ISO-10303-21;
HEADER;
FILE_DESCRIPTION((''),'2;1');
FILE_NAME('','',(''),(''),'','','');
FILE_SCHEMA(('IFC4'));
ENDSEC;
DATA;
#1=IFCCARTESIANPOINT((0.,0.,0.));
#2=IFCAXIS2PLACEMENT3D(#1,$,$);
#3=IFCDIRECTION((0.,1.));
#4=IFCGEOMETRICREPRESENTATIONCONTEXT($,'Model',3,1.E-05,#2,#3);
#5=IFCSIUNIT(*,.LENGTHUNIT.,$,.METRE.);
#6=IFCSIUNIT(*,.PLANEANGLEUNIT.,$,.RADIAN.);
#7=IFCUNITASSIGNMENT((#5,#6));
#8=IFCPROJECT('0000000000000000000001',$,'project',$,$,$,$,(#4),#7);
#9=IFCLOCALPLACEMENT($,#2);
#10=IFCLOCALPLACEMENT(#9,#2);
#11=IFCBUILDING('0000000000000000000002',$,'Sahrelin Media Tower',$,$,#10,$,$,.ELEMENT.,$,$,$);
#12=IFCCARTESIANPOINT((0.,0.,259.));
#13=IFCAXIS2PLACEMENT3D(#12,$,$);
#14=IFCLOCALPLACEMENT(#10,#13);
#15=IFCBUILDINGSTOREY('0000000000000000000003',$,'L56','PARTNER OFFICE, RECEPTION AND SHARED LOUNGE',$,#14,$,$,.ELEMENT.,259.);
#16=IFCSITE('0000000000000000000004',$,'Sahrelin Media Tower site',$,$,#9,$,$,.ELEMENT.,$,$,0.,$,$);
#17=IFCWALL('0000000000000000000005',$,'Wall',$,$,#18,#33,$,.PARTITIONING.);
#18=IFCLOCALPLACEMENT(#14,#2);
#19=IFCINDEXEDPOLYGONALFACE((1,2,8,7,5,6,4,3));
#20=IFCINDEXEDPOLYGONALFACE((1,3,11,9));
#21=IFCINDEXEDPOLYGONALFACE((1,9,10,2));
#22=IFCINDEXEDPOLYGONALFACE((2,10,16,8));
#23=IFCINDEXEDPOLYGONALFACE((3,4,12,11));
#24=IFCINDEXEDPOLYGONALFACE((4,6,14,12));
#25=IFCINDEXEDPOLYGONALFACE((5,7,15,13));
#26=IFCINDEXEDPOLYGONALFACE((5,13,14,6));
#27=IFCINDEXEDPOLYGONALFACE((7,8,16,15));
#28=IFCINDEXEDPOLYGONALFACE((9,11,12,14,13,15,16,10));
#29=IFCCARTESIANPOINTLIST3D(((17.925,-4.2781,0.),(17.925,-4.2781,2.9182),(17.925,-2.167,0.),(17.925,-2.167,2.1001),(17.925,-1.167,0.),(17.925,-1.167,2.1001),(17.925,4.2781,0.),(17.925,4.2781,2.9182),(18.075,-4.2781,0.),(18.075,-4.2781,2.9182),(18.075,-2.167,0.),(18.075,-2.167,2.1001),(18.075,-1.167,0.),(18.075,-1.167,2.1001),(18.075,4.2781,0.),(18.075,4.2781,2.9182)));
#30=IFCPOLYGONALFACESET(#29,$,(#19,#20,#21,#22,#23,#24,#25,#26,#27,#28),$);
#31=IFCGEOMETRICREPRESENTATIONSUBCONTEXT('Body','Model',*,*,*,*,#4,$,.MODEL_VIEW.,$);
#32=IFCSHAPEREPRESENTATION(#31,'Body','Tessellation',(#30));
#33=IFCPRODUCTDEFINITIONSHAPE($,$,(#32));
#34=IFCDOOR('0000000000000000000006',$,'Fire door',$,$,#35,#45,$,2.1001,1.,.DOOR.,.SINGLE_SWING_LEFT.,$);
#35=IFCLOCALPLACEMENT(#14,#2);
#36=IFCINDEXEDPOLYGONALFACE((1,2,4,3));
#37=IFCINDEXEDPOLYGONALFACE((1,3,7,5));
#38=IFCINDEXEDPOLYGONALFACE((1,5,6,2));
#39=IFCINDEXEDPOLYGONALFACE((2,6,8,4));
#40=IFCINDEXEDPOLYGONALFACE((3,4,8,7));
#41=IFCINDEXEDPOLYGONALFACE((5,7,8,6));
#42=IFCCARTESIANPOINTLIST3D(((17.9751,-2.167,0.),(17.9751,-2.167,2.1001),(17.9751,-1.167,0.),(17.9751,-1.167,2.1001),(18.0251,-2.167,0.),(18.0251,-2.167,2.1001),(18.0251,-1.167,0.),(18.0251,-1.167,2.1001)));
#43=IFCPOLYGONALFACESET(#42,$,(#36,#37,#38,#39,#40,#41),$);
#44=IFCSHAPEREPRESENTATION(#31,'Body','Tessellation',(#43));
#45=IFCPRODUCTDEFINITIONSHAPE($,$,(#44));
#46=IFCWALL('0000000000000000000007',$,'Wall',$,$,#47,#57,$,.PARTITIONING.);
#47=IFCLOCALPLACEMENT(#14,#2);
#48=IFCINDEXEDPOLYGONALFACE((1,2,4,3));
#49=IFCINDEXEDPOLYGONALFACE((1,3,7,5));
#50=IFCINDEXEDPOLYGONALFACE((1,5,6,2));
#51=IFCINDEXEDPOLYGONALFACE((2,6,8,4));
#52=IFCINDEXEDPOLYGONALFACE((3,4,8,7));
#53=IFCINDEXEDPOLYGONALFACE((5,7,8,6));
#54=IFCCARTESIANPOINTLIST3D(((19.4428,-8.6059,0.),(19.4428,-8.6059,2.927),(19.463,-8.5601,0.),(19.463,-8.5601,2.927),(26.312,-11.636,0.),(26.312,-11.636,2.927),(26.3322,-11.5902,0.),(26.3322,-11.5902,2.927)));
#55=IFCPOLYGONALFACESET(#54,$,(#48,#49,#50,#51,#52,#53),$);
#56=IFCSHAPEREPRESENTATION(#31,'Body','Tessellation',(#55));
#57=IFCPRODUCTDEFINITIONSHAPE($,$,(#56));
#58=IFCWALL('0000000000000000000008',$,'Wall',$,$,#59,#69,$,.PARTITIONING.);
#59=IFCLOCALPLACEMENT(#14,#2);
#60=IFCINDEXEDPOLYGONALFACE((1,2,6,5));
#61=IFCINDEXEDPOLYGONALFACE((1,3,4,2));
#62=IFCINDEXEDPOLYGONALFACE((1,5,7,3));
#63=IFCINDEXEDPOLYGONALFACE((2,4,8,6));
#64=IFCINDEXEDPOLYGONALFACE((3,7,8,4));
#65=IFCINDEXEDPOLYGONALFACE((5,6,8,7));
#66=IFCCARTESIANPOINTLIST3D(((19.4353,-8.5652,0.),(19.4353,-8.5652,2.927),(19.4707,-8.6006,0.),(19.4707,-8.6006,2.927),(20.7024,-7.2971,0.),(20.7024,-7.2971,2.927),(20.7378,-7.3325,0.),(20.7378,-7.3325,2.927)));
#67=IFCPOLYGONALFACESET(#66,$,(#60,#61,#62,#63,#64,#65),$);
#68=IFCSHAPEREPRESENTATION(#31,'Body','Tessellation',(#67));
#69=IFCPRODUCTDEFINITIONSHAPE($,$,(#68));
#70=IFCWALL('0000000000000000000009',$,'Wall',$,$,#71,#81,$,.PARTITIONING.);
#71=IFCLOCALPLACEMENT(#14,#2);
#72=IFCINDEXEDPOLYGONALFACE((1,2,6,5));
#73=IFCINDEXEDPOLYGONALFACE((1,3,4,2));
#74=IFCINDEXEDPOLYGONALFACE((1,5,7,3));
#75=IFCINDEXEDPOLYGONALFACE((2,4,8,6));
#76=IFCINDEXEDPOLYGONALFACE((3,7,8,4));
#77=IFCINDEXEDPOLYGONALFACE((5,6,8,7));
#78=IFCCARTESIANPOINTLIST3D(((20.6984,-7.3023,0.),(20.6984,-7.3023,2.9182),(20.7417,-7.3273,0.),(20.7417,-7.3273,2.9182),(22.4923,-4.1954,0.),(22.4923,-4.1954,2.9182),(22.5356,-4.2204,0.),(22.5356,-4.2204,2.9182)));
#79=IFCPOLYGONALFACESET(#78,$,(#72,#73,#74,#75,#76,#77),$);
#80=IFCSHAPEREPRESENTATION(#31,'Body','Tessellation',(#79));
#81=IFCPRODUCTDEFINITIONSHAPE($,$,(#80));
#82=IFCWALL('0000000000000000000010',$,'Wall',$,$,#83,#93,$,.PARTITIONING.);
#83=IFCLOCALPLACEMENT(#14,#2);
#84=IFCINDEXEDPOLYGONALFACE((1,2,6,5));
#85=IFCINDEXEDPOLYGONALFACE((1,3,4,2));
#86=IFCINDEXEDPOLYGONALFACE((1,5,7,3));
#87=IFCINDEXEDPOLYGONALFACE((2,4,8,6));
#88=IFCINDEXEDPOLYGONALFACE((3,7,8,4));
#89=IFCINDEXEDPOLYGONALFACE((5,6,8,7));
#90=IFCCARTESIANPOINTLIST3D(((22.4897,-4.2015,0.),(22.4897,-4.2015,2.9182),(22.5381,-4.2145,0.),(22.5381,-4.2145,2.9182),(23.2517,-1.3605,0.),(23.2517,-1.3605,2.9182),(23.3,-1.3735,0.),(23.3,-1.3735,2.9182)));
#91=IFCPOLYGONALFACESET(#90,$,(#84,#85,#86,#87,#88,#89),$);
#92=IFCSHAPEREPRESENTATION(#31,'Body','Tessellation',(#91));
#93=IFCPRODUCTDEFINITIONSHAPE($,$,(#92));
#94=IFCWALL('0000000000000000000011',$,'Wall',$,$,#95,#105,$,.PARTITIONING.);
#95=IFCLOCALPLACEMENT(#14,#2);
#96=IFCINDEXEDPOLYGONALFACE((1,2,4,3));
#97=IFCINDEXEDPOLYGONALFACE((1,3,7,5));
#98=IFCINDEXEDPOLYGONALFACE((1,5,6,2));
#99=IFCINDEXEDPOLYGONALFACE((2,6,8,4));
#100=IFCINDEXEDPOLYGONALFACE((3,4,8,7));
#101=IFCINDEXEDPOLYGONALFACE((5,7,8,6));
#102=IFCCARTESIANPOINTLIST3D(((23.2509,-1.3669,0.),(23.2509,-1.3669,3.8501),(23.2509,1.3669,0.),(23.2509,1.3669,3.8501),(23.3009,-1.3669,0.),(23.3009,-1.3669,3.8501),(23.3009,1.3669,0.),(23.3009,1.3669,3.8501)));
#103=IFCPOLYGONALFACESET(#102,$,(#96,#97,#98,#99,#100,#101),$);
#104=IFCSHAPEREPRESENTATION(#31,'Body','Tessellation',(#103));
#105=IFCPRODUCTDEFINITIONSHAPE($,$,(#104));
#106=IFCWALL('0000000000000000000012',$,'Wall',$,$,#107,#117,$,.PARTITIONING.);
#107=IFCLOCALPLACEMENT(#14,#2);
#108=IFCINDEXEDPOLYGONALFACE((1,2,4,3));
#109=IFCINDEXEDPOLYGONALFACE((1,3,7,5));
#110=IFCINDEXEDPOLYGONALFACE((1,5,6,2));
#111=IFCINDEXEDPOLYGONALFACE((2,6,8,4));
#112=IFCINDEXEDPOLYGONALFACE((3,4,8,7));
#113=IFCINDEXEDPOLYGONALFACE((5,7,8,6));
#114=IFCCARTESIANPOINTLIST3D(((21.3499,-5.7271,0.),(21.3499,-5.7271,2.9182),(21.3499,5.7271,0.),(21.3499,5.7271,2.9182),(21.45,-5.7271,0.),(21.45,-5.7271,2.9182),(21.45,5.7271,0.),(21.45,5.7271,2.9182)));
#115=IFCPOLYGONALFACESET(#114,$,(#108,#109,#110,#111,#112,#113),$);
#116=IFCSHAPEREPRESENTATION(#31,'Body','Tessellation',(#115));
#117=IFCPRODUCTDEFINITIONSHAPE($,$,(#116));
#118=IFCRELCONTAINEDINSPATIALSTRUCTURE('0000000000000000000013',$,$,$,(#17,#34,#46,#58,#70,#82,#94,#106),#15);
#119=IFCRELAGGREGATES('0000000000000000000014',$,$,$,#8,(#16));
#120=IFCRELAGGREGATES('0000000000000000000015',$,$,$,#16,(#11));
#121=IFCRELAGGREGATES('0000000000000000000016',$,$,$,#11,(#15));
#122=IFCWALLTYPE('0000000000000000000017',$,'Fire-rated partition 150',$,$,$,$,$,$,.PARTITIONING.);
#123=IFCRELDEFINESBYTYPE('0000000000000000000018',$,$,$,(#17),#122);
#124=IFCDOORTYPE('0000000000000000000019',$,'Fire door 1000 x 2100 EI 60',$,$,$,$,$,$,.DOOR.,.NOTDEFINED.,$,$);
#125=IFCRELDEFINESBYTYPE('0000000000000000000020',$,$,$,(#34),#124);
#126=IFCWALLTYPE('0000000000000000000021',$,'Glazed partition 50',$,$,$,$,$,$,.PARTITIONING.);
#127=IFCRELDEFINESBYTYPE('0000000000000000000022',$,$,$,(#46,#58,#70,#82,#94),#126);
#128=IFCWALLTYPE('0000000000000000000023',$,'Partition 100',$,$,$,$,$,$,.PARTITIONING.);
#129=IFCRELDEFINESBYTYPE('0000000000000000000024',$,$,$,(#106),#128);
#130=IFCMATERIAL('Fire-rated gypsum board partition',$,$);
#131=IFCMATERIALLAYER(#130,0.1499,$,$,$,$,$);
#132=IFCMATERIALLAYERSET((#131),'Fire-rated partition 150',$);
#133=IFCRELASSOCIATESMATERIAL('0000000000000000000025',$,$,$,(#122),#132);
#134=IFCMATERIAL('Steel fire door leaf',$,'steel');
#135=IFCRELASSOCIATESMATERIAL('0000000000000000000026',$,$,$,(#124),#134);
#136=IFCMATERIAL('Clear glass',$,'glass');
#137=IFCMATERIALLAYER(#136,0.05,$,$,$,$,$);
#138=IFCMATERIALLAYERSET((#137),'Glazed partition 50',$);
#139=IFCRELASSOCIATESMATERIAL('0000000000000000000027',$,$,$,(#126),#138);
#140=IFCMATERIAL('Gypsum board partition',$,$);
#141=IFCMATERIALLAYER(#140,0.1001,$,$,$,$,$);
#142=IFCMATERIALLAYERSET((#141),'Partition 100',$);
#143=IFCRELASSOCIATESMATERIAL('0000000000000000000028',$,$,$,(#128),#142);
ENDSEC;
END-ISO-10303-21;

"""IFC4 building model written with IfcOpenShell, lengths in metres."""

from ifc_helpers import new_model, si_unit, direction, frame, frame_2d, origin, place, context, subcontext, project, spatial, rectangle, extrude, material, layer, layer_set, type_object, element, fill, save


model = new_model("IFC4")

# Units and contexts
model_context = context("Model", 3, precision=1e-05, world=origin(), true_north=direction((0.0, 1.0)))
body_context = subcontext(model_context, "Body", "Model", "MODEL_VIEW")
ifc_project = project(units=[si_unit("LENGTHUNIT", "METRE"), si_unit("PLANEANGLEUNIT", "RADIAN")], contexts=[model_context])

# Site, building, storey
site_placement = place(None, origin())
site = spatial("IfcSite", under=ifc_project, at=site_placement, Name="Sahrelin Media Tower site", CompositionType="ELEMENT", RefElevation=0.0)
building_placement = place(site_placement, origin())
building = spatial("IfcBuilding", under=site, at=building_placement, Name="Sahrelin Media Tower", CompositionType="ELEMENT")
storey_placement = place(building_placement, frame((0.0, 0.0, 259.0)))
storey = spatial("IfcBuildingStorey", under=building, at=storey_placement, Name="L56", Description="PARTNER OFFICE, RECEPTION AND SHARED LOUNGE", CompositionType="ELEMENT", Elevation=259.0)

# Shared definitions
ifc_material_1 = material(Name="Fire-rated gypsum board partition")
ifc_layer_1 = layer(ifc_material_1, 0.1499)
ifc_layer_set_1 = layer_set([ifc_layer_1], Name="Fire-rated partition 150")
wall_type_1 = type_object("IfcWallType", Name="Fire-rated partition 150", PredefinedType="PARTITIONING", material=ifc_layer_set_1)

# Wall, opening, door
wall_1_placement = place(storey_placement, frame((18.0, -4.2781, 0.0), z_axis=(0.0, 0.0, 1.0), x_axis=(0.0, 1.0, 0.0)))
wall_1 = element("IfcWall", 1, at=wall_1_placement, inside=storey, type_object=wall_type_1, Name="Wall", PredefinedType="PARTITIONING", context=body_context, shape_type="SweptSolid", body=[
    extrude(rectangle(XDim=8.5562, YDim=0.1499, at=frame_2d((4.2781, 0.0))), origin(), (0.0, 0.0, 1.0), 2.9182),
])
opening_placement = place(wall_1_placement, frame((2.1111, 0.0, 0.0)))
opening = element("IfcOpeningElement", 2, at=opening_placement, cuts=wall_1, PredefinedType="OPENING", context=body_context, shape_type="SweptSolid", body=[
    extrude(rectangle(XDim=1.0, YDim=2.1001, at=frame_2d((0.5, 1.05))), frame((0.0, 0.075, 0.0), z_axis=(0.0, -1.0, 0.0), x_axis=(1.0, 0.0, 0.0)), (0.0, 0.0, 1.0), 0.1499),
])
ifc_material_2 = material(Name="Steel fire door leaf", Category="steel")
door_type = type_object("IfcDoorType", Name="Fire door 1000 x 2100 EI 60", OperationType="NOTDEFINED", PredefinedType="DOOR", material=ifc_material_2)
door_placement = place(opening_placement, origin())
door = element("IfcDoor", 3, at=door_placement, inside=storey, type_object=door_type, Name="Fire door", OperationType="SINGLE_SWING_LEFT", OverallHeight=2.1001, OverallWidth=1.0, PredefinedType="DOOR", context=body_context, shape_type="SweptSolid", body=[
    extrude(rectangle(XDim=1.0, YDim=2.1001, at=frame_2d((0.5, 1.05))), frame((0.0, 0.0249, 0.0), z_axis=(0.0, -1.0, 0.0), x_axis=(1.0, 0.0, 0.0)), (0.0, 0.0, 1.0), 0.05),
])
fill(opening, door)

# Walls
ifc_material_3 = material(Name="Clear glass", Category="glass")
ifc_layer_2 = layer(ifc_material_3, 0.05)
ifc_layer_set_2 = layer_set([ifc_layer_2], Name="Glazed partition 50")
wall_type_2 = type_object("IfcWallType", Name="Glazed partition 50", PredefinedType="PARTITIONING", material=ifc_layer_set_2)
wall_2_placement = place(storey_placement, frame((19.4529, -8.583, 0.0), z_axis=(0.0, 0.0, 1.0), x_axis=(0.914941, -0.403587, 0.0)))
element("IfcWall", 4, at=wall_2_placement, inside=storey, type_object=wall_type_2, Name="Wall", PredefinedType="PARTITIONING", context=body_context, shape_type="SweptSolid", body=[
    extrude(rectangle(XDim=7.5078, YDim=0.05, at=frame_2d((3.7539, 0.0))), origin(), (0.0, 0.0, 1.0), 2.927),
])
wall_3_placement = place(storey_placement, frame((19.4529, -8.583, 0.0), z_axis=(0.0, 0.0, 1.0), x_axis=(0.706834, 0.707379, 0.0)))
element("IfcWall", 5, at=wall_3_placement, inside=storey, type_object=wall_type_2, Name="Wall", PredefinedType="PARTITIONING", context=body_context, shape_type="SweptSolid", body=[
    extrude(rectangle(XDim=1.7927, YDim=0.05, at=frame_2d((0.8965, 0.0))), origin(), (0.0, 0.0, 1.0), 2.927),
])
wall_4_placement = place(storey_placement, frame((20.72, -7.3149, 0.0), z_axis=(0.0, 0.0, 1.0), x_axis=(0.500033, 0.866007, 0.0)))
element("IfcWall", 6, at=wall_4_placement, inside=storey, type_object=wall_type_2, Name="Wall", PredefinedType="PARTITIONING", context=body_context, shape_type="SweptSolid", body=[
    extrude(rectangle(XDim=3.5876, YDim=0.05, at=frame_2d((1.7939, 0.0))), origin(), (0.0, 0.0, 1.0), 2.9182),
])
wall_5_placement = place(storey_placement, frame((22.5139, -4.208, 0.0), z_axis=(0.0, 0.0, 1.0), x_axis=(0.259042, 0.965866, 0.0)))
element("IfcWall", 7, at=wall_5_placement, inside=storey, type_object=wall_type_2, Name="Wall", PredefinedType="PARTITIONING", context=body_context, shape_type="SweptSolid", body=[
    extrude(rectangle(XDim=2.9414, YDim=0.05, at=frame_2d((1.4707, 0.0))), origin(), (0.0, 0.0, 1.0), 2.9182),
])
wall_6_placement = place(storey_placement, frame((23.2759, -1.3669, 0.0), z_axis=(0.0, 0.0, 1.0), x_axis=(0.0, 1.0, 0.0)))
element("IfcWall", 8, at=wall_6_placement, inside=storey, type_object=wall_type_2, Name="Wall", PredefinedType="PARTITIONING", context=body_context, shape_type="SweptSolid", body=[
    extrude(rectangle(XDim=2.7339, YDim=0.05, at=frame_2d((1.3669, 0.0))), origin(), (0.0, 0.0, 1.0), 3.8501),
])
ifc_material_4 = material(Name="Gypsum board partition")
ifc_layer_3 = layer(ifc_material_4, 0.1001)
ifc_layer_set_3 = layer_set([ifc_layer_3], Name="Partition 100")
wall_type_3 = type_object("IfcWallType", Name="Partition 100", PredefinedType="PARTITIONING", material=ifc_layer_set_3)
wall_7_placement = place(storey_placement, frame((21.3999, -5.7271, 0.0), z_axis=(0.0, 0.0, 1.0), x_axis=(0.0, 1.0, 0.0)))
element("IfcWall", 9, at=wall_7_placement, inside=storey, type_object=wall_type_3, Name="Wall", PredefinedType="PARTITIONING", context=body_context, shape_type="SweptSolid", body=[
    extrude(rectangle(XDim=11.4541, YDim=0.1001, at=frame_2d((5.7271, 0.0))), origin(), (0.0, 0.0, 1.0), 2.9182),
])

save(model, "model.ifc")
